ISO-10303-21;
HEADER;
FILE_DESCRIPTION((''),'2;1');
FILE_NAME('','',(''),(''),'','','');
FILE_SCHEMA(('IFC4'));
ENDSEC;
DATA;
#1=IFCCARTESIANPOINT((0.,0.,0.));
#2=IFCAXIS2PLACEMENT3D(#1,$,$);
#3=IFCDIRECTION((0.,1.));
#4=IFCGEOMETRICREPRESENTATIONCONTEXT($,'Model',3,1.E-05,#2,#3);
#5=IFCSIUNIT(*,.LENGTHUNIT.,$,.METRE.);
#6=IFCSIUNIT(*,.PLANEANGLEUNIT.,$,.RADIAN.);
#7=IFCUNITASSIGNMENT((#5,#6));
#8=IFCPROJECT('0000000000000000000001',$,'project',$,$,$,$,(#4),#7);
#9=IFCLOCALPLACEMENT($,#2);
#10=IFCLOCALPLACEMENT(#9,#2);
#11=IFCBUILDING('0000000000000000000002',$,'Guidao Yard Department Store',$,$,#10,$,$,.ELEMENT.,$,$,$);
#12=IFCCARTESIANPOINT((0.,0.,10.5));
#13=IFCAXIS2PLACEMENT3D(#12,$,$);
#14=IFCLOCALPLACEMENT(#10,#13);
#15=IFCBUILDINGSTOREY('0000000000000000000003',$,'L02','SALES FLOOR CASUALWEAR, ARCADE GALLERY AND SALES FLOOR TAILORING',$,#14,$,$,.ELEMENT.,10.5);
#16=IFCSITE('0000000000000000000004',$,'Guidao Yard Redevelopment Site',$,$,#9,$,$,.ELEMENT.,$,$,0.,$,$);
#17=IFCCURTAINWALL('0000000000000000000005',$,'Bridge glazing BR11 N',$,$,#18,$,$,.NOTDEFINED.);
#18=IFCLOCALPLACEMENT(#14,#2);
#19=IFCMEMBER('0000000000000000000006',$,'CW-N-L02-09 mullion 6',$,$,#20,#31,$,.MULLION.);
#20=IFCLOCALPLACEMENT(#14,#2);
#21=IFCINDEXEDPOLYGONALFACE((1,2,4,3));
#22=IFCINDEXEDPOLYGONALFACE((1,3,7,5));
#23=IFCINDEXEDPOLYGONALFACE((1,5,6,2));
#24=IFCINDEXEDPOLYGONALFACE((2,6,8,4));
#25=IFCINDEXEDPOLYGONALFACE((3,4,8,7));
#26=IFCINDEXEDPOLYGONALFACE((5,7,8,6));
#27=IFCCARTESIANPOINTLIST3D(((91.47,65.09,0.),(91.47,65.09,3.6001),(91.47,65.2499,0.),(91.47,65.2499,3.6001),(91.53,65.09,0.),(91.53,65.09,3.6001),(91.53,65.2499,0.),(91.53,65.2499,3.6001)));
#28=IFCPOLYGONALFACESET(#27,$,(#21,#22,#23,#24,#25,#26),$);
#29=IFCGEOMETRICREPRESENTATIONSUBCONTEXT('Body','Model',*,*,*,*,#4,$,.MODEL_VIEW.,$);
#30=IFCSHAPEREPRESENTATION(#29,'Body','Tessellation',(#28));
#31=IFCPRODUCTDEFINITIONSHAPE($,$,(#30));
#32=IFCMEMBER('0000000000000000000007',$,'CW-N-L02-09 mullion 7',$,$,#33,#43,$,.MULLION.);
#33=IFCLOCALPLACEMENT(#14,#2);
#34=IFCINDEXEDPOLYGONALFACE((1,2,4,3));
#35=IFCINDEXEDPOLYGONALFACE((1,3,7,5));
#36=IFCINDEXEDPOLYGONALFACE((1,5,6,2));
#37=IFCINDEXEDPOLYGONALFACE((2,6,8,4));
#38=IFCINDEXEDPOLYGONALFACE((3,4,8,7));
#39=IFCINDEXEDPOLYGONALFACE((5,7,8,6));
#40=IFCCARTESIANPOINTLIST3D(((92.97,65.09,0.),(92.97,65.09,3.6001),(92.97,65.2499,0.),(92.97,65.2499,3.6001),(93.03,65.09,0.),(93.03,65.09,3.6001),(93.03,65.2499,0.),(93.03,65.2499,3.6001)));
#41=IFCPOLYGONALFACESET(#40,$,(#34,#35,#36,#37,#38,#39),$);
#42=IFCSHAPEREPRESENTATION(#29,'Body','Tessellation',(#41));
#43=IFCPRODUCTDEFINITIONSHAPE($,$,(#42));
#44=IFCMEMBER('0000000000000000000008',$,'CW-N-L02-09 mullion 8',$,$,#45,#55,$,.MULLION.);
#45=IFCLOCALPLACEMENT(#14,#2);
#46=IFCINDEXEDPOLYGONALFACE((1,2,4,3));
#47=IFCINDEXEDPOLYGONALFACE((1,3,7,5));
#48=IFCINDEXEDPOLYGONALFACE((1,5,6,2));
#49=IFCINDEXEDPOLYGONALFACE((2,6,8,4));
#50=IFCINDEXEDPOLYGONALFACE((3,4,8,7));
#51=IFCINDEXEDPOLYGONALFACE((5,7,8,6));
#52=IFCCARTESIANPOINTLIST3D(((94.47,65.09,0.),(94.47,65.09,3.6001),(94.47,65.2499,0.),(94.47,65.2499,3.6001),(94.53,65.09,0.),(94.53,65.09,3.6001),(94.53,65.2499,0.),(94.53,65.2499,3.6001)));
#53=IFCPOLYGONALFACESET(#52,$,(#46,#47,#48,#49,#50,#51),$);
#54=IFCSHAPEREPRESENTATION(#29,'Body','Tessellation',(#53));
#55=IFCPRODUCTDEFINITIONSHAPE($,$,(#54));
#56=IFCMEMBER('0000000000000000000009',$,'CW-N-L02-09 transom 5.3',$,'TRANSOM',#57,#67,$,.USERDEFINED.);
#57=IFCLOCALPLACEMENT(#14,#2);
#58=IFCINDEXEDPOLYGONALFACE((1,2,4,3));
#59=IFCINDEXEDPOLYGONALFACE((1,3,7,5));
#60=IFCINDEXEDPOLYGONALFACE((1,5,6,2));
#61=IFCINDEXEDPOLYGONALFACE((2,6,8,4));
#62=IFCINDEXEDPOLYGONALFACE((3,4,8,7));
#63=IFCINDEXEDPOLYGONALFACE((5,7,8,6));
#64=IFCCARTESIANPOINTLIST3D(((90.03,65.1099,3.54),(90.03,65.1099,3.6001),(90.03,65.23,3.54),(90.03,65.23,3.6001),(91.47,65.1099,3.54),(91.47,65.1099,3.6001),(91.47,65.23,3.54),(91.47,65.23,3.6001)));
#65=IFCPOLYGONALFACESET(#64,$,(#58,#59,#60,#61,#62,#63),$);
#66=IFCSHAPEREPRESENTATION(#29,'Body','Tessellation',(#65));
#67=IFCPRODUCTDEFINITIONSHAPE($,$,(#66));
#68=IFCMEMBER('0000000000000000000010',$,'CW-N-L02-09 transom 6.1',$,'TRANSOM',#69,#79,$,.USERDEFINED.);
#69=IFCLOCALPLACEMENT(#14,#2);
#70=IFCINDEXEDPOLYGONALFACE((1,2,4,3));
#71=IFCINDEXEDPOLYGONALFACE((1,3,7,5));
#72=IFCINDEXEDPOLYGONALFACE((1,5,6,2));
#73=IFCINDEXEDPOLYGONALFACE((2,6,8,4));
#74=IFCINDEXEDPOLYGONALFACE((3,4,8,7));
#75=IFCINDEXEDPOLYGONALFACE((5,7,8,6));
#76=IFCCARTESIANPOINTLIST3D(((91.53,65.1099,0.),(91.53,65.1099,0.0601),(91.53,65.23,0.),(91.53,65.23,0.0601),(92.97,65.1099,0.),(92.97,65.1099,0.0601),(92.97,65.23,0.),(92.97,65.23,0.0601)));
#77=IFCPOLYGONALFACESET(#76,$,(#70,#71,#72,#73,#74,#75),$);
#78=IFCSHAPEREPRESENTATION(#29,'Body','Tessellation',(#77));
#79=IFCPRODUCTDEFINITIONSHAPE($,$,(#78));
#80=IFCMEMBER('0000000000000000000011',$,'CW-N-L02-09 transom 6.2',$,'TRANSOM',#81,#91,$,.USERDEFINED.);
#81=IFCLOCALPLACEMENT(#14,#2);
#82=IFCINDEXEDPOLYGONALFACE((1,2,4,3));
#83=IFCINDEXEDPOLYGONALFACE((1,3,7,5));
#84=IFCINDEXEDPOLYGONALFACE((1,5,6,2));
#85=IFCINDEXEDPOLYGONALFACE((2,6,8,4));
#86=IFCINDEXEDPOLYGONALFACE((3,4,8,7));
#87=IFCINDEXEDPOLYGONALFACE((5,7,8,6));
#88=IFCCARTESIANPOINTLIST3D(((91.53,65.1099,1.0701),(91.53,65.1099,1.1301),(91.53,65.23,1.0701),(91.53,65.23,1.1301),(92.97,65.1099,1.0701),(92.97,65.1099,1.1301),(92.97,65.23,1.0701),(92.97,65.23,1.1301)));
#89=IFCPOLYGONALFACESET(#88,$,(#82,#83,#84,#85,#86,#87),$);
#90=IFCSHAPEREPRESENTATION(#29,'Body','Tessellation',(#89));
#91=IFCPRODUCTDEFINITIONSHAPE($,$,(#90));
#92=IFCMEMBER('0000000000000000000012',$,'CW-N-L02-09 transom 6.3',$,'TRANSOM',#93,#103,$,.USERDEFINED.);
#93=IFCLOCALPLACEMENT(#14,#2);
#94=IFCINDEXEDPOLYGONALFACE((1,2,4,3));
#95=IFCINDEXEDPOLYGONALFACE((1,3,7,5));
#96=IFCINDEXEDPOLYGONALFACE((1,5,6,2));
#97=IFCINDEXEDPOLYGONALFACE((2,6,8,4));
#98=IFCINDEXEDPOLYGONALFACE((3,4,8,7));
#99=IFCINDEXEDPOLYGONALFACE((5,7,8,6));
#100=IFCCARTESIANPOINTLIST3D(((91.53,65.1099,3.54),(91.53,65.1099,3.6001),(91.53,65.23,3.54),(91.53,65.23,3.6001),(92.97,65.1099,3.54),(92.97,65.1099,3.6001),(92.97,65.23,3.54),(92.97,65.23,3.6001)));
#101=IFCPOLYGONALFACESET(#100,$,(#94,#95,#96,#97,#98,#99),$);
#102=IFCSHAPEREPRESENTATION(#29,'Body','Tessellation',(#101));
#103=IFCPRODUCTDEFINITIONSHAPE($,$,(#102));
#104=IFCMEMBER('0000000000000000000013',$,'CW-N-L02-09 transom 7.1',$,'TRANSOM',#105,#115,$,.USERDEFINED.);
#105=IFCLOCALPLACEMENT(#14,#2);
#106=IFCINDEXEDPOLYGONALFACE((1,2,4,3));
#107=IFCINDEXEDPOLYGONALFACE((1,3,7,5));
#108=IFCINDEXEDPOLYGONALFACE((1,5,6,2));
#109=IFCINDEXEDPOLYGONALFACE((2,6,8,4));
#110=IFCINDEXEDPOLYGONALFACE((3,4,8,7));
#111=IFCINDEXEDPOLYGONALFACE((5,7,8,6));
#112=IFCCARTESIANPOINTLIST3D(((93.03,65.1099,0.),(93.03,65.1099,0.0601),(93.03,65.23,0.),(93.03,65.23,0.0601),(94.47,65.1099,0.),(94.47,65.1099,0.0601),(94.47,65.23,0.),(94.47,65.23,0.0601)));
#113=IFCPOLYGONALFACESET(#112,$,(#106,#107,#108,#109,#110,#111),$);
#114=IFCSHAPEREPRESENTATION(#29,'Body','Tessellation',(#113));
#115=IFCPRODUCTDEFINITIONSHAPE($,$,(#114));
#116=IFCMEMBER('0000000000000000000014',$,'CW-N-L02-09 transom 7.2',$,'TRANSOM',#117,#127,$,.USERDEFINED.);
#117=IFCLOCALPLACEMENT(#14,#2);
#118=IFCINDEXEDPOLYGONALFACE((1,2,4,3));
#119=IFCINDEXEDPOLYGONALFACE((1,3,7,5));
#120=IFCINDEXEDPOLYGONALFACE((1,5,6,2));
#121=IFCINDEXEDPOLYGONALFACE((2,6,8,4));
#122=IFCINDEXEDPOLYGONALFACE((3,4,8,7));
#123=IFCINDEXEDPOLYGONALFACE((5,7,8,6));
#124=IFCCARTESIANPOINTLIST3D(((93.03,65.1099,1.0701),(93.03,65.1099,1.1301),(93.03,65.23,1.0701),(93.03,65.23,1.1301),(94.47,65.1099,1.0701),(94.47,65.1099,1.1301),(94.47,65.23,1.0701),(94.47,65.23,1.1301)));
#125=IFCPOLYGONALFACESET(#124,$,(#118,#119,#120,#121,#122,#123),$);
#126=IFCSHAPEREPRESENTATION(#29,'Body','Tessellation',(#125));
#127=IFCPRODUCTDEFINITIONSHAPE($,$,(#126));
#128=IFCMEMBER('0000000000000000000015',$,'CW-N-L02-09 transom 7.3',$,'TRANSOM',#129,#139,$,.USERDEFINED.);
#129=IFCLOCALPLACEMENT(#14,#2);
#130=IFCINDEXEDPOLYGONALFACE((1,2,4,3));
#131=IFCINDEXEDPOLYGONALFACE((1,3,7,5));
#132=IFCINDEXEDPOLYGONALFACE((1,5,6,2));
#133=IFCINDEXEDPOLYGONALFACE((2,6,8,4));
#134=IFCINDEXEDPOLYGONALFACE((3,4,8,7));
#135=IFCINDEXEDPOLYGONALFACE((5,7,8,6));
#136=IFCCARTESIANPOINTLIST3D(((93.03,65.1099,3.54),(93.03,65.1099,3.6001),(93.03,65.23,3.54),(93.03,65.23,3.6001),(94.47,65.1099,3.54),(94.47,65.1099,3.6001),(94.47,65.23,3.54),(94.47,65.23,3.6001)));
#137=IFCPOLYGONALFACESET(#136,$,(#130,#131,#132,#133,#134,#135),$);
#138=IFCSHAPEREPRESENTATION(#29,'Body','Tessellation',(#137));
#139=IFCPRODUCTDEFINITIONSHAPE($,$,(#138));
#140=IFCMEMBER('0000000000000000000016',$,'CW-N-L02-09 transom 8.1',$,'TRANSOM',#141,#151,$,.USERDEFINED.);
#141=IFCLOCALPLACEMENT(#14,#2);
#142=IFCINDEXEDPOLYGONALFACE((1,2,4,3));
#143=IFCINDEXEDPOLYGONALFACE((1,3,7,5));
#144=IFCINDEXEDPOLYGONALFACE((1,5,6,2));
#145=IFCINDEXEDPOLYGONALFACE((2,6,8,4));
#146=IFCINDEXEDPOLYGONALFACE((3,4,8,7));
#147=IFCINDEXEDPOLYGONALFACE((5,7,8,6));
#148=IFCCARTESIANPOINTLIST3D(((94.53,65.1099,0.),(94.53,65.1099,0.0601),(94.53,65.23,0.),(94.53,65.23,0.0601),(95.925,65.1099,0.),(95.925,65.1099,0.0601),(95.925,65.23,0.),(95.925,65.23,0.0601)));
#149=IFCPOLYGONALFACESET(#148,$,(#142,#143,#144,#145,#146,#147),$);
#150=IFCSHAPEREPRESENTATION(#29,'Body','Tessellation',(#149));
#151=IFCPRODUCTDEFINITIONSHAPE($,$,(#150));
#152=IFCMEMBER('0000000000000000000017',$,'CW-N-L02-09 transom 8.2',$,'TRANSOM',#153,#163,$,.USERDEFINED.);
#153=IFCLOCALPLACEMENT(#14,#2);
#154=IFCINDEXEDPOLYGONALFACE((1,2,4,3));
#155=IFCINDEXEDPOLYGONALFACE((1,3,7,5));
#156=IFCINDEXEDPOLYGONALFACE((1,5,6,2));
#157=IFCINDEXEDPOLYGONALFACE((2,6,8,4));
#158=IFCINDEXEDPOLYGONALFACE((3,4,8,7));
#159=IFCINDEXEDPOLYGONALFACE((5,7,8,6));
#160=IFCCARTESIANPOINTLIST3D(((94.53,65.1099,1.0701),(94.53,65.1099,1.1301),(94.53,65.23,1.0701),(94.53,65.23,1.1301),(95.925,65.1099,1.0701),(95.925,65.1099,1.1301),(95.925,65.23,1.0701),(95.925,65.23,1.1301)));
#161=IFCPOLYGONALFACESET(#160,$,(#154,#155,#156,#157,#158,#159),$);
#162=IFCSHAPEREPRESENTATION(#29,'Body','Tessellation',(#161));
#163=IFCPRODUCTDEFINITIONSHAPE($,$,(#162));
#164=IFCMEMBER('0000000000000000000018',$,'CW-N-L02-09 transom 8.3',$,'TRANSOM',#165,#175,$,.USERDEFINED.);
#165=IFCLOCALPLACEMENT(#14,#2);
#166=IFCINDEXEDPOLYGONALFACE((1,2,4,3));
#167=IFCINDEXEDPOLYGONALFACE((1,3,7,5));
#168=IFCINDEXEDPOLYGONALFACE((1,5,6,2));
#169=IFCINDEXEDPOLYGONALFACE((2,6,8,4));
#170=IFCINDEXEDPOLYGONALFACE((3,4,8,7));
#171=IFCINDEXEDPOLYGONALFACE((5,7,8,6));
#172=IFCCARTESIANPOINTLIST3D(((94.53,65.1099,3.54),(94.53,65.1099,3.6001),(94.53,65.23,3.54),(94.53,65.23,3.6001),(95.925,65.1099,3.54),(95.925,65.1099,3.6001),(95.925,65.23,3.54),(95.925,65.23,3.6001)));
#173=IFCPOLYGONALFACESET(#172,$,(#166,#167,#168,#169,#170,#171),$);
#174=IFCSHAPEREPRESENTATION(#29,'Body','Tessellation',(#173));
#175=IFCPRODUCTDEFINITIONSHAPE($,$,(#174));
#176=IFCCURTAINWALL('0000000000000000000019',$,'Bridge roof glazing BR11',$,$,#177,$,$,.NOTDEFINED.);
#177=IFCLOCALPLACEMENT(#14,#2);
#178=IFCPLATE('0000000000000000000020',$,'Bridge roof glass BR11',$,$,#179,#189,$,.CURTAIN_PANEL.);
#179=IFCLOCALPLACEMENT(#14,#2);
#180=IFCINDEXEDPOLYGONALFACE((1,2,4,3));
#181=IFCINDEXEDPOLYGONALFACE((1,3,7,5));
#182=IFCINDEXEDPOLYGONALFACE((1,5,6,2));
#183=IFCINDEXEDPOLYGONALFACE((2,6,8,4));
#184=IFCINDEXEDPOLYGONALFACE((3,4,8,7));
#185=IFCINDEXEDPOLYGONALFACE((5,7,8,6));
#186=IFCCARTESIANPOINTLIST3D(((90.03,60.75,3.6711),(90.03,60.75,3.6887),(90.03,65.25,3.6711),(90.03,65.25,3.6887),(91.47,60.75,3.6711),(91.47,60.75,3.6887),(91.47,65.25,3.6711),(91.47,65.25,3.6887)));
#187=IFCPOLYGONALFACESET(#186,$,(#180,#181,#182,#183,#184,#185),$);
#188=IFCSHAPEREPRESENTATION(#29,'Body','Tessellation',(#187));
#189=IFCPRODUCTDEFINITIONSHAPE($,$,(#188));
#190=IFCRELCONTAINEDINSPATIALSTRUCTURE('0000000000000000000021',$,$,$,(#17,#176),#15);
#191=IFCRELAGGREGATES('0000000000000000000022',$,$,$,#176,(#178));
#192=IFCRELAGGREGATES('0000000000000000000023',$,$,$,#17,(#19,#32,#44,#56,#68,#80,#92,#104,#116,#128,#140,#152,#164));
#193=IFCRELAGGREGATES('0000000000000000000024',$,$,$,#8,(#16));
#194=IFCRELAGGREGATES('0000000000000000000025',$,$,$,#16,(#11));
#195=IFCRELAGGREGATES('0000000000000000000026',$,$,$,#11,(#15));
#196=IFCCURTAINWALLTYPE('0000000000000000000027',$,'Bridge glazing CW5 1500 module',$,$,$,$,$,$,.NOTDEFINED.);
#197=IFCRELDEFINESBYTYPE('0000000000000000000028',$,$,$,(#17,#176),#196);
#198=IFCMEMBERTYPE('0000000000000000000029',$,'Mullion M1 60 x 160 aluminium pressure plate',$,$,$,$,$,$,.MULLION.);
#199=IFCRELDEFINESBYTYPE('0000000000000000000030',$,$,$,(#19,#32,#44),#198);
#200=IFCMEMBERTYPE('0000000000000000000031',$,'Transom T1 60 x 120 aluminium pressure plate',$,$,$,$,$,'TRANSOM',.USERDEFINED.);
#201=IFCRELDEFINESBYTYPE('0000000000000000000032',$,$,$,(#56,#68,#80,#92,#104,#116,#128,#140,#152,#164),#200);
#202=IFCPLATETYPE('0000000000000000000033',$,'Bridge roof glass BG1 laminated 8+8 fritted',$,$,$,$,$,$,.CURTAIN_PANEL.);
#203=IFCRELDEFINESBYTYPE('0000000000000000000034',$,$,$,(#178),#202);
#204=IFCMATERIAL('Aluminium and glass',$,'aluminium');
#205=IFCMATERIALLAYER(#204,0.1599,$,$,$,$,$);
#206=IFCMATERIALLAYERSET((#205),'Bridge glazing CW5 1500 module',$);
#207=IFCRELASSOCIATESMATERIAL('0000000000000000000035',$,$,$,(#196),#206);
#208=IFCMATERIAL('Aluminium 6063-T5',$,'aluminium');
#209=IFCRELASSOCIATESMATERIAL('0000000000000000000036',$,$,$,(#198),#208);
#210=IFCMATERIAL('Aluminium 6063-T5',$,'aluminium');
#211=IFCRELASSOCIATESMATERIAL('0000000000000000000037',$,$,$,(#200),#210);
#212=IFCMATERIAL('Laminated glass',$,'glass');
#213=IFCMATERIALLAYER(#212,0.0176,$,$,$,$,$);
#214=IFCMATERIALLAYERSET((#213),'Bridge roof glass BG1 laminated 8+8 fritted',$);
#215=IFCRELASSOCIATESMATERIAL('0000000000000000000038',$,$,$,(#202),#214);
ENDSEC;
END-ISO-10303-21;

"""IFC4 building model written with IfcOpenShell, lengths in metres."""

from ifc_helpers import new_model, si_unit, direction, frame, origin, origin_2d, place, context, subcontext, project, spatial, rectangle, extrude, material, layer, layer_set, material_profile, profile_set, type_object, element, aggregate, save


model = new_model("IFC4")

# Units and contexts
model_context = context("Model", 3, precision=1e-05, world=origin(), true_north=direction((0.0, 1.0)))
body_context = subcontext(model_context, "Body", "Model", "MODEL_VIEW")
ifc_project = project(units=[si_unit("LENGTHUNIT", "METRE"), si_unit("PLANEANGLEUNIT", "RADIAN")], contexts=[model_context])

# Site, building, storey
site_placement = place(None, origin())
site = spatial("IfcSite", under=ifc_project, at=site_placement, Name="Guidao Yard Redevelopment Site", CompositionType="ELEMENT", RefElevation=0.0)
building_placement = place(site_placement, origin())
building = spatial("IfcBuilding", under=site, at=building_placement, Name="Guidao Yard Department Store", CompositionType="ELEMENT")
storey_placement = place(building_placement, frame((0.0, 0.0, 10.5)))
storey = spatial("IfcBuildingStorey", under=building, at=storey_placement, Name="L02", Description="SALES FLOOR CASUALWEAR, ARCADE GALLERY AND SALES FLOOR TAILORING", CompositionType="ELEMENT", Elevation=10.5)

# Curtain wall, members
ifc_material_1 = material(Name="Aluminium and glass", Category="aluminium")
ifc_layer_1 = layer(ifc_material_1, 0.1599)
ifc_layer_set_1 = layer_set([ifc_layer_1], Name="Bridge glazing CW5 1500 module")
curtain_wall_type = type_object("IfcCurtainWallType", Name="Bridge glazing CW5 1500 module", PredefinedType="NOTDEFINED", material=ifc_layer_set_1)
curtain_wall_1_placement = place(storey_placement, origin())
curtain_wall_1 = element("IfcCurtainWall", 1, at=curtain_wall_1_placement, inside=storey, type_object=curtain_wall_type, Name="Bridge glazing BR11 N", PredefinedType="NOTDEFINED")
ifc_material_2 = material(Name="Aluminium 6063-T5", Category="aluminium")
ifc_material_profile_1 = material_profile(ifc_material_2, rectangle(XDim=0.0601, YDim=0.1599, at=origin_2d()), Name="Mullion M1 60 x 160 aluminium pressure plate")
ifc_profile_set_1 = profile_set([ifc_material_profile_1], Name="Aluminium 6063-T5")
member_type_1 = type_object("IfcMemberType", Name="Mullion M1 60 x 160 aluminium pressure plate", PredefinedType="MULLION", material=ifc_profile_set_1)
member_1_placement = place(storey_placement, frame((91.5, 65.1699, 0.0), z_axis=(0.0, 0.0, 1.0), x_axis=(1.0, 0.0, 0.0)))
member_1 = element("IfcMember", 2, at=member_1_placement, type_object=member_type_1, Name="CW-N-L02-09 mullion 6", PredefinedType="MULLION", context=body_context, shape_type="SweptSolid", body=[
    extrude(rectangle(XDim=0.0601, YDim=0.1599, at=origin_2d()), origin(), (0.0, 0.0, 1.0), 3.6001),
])
member_2_placement = place(storey_placement, frame((93.0, 65.1699, 0.0), z_axis=(0.0, 0.0, 1.0), x_axis=(1.0, 0.0, 0.0)))
member_2 = element("IfcMember", 3, at=member_2_placement, type_object=member_type_1, Name="CW-N-L02-09 mullion 7", PredefinedType="MULLION", context=body_context, shape_type="SweptSolid", body=[
    extrude(rectangle(XDim=0.0601, YDim=0.1599, at=origin_2d()), origin(), (0.0, 0.0, 1.0), 3.6001),
])
member_3_placement = place(storey_placement, frame((94.5, 65.1699, 0.0), z_axis=(0.0, 0.0, 1.0), x_axis=(1.0, 0.0, 0.0)))
member_3 = element("IfcMember", 4, at=member_3_placement, type_object=member_type_1, Name="CW-N-L02-09 mullion 8", PredefinedType="MULLION", context=body_context, shape_type="SweptSolid", body=[
    extrude(rectangle(XDim=0.0601, YDim=0.1599, at=origin_2d()), origin(), (0.0, 0.0, 1.0), 3.6001),
])
ifc_material_3 = material(Name="Aluminium 6063-T5", Category="aluminium")
ifc_material_profile_2 = material_profile(ifc_material_3, rectangle(XDim=0.1201, YDim=0.0601, at=origin_2d()), Name="Transom T1 60 x 120 aluminium pressure plate")
ifc_profile_set_2 = profile_set([ifc_material_profile_2], Name="Aluminium 6063-T5")
member_type_2 = type_object("IfcMemberType", Name="Transom T1 60 x 120 aluminium pressure plate", ElementType="TRANSOM", PredefinedType="USERDEFINED", material=ifc_profile_set_2)
member_4_placement = place(storey_placement, frame((90.03, 65.1699, 3.5701), z_axis=(1.0, 0.0, 0.0), x_axis=(0.0, 1.0, 0.0)))
member_4 = element("IfcMember", 5, at=member_4_placement, type_object=member_type_2, Name="CW-N-L02-09 transom 5.3", ObjectType="TRANSOM", PredefinedType="USERDEFINED", context=body_context, shape_type="SweptSolid", body=[
    extrude(rectangle(XDim=0.1201, YDim=0.0601, at=origin_2d()), origin(), (0.0, 0.0, 1.0), 1.4399),
])
member_5_placement = place(storey_placement, frame((91.53, 65.1699, 0.03), z_axis=(1.0, 0.0, 0.0), x_axis=(0.0, 1.0, 0.0)))
member_5 = element("IfcMember", 6, at=member_5_placement, type_object=member_type_2, Name="CW-N-L02-09 transom 6.1", ObjectType="TRANSOM", PredefinedType="USERDEFINED", context=body_context, shape_type="SweptSolid", body=[
    extrude(rectangle(XDim=0.1201, YDim=0.0601, at=origin_2d()), origin(), (0.0, 0.0, 1.0), 1.4399),
])
member_6_placement = place(storey_placement, frame((91.53, 65.1699, 1.1001), z_axis=(1.0, 0.0, 0.0), x_axis=(0.0, 1.0, 0.0)))
member_6 = element("IfcMember", 7, at=member_6_placement, type_object=member_type_2, Name="CW-N-L02-09 transom 6.2", ObjectType="TRANSOM", PredefinedType="USERDEFINED", context=body_context, shape_type="SweptSolid", body=[
    extrude(rectangle(XDim=0.1201, YDim=0.0601, at=origin_2d()), origin(), (0.0, 0.0, 1.0), 1.4399),
])
member_7_placement = place(storey_placement, frame((91.53, 65.1699, 3.5701), z_axis=(1.0, 0.0, 0.0), x_axis=(0.0, 1.0, 0.0)))
member_7 = element("IfcMember", 8, at=member_7_placement, type_object=member_type_2, Name="CW-N-L02-09 transom 6.3", ObjectType="TRANSOM", PredefinedType="USERDEFINED", context=body_context, shape_type="SweptSolid", body=[
    extrude(rectangle(XDim=0.1201, YDim=0.0601, at=origin_2d()), origin(), (0.0, 0.0, 1.0), 1.4399),
])
member_8_placement = place(storey_placement, frame((93.03, 65.1699, 0.03), z_axis=(1.0, 0.0, 0.0), x_axis=(0.0, 1.0, 0.0)))
member_8 = element("IfcMember", 9, at=member_8_placement, type_object=member_type_2, Name="CW-N-L02-09 transom 7.1", ObjectType="TRANSOM", PredefinedType="USERDEFINED", context=body_context, shape_type="SweptSolid", body=[
    extrude(rectangle(XDim=0.1201, YDim=0.0601, at=origin_2d()), origin(), (0.0, 0.0, 1.0), 1.4399),
])
member_9_placement = place(storey_placement, frame((93.03, 65.1699, 1.1001), z_axis=(1.0, 0.0, 0.0), x_axis=(0.0, 1.0, 0.0)))
member_9 = element("IfcMember", 10, at=member_9_placement, type_object=member_type_2, Name="CW-N-L02-09 transom 7.2", ObjectType="TRANSOM", PredefinedType="USERDEFINED", context=body_context, shape_type="SweptSolid", body=[
    extrude(rectangle(XDim=0.1201, YDim=0.0601, at=origin_2d()), origin(), (0.0, 0.0, 1.0), 1.4399),
])
member_10_placement = place(storey_placement, frame((93.03, 65.1699, 3.5701), z_axis=(1.0, 0.0, 0.0), x_axis=(0.0, 1.0, 0.0)))
member_10 = element("IfcMember", 11, at=member_10_placement, type_object=member_type_2, Name="CW-N-L02-09 transom 7.3", ObjectType="TRANSOM", PredefinedType="USERDEFINED", context=body_context, shape_type="SweptSolid", body=[
    extrude(rectangle(XDim=0.1201, YDim=0.0601, at=origin_2d()), origin(), (0.0, 0.0, 1.0), 1.4399),
])
member_11_placement = place(storey_placement, frame((94.53, 65.1699, 0.03), z_axis=(1.0, 0.0, 0.0), x_axis=(0.0, 1.0, 0.0)))
member_11 = element("IfcMember", 12, at=member_11_placement, type_object=member_type_2, Name="CW-N-L02-09 transom 8.1", ObjectType="TRANSOM", PredefinedType="USERDEFINED", context=body_context, shape_type="SweptSolid", body=[
    extrude(rectangle(XDim=0.1201, YDim=0.0601, at=origin_2d()), origin(), (0.0, 0.0, 1.0), 1.395),
])
member_12_placement = place(storey_placement, frame((94.53, 65.1699, 1.1001), z_axis=(1.0, 0.0, 0.0), x_axis=(0.0, 1.0, 0.0)))
member_12 = element("IfcMember", 13, at=member_12_placement, type_object=member_type_2, Name="CW-N-L02-09 transom 8.2", ObjectType="TRANSOM", PredefinedType="USERDEFINED", context=body_context, shape_type="SweptSolid", body=[
    extrude(rectangle(XDim=0.1201, YDim=0.0601, at=origin_2d()), origin(), (0.0, 0.0, 1.0), 1.395),
])
member_13_placement = place(storey_placement, frame((94.53, 65.1699, 3.5701), z_axis=(1.0, 0.0, 0.0), x_axis=(0.0, 1.0, 0.0)))
member_13 = element("IfcMember", 14, at=member_13_placement, type_object=member_type_2, Name="CW-N-L02-09 transom 8.3", ObjectType="TRANSOM", PredefinedType="USERDEFINED", context=body_context, shape_type="SweptSolid", body=[
    extrude(rectangle(XDim=0.1201, YDim=0.0601, at=origin_2d()), origin(), (0.0, 0.0, 1.0), 1.395),
])

# Curtain wall, plate
curtain_wall_2_placement = place(storey_placement, origin())
curtain_wall_2 = element("IfcCurtainWall", 15, at=curtain_wall_2_placement, inside=storey, type_object=curtain_wall_type, Name="Bridge roof glazing BR11", PredefinedType="NOTDEFINED")
ifc_material_4 = material(Name="Laminated glass", Category="glass")
ifc_layer_2 = layer(ifc_material_4, 0.0176)
ifc_layer_set_2 = layer_set([ifc_layer_2], Name="Bridge roof glass BG1 laminated 8+8 fritted")
plate_type_1 = type_object("IfcPlateType", Name="Bridge roof glass BG1 laminated 8+8 fritted", PredefinedType="CURTAIN_PANEL", material=ifc_layer_set_2)
plate_1_placement = place(storey_placement, frame((90.75, 63.0, 3.6711), z_axis=(0.0, 0.0, 1.0), x_axis=(1.0, 0.0, 0.0)))
plate_1 = element("IfcPlate", 16, at=plate_1_placement, type_object=plate_type_1, Name="Bridge roof glass BR11", PredefinedType="CURTAIN_PANEL", context=body_context, shape_type="SweptSolid", body=[
    extrude(rectangle(XDim=1.4399, YDim=4.5, at=origin_2d()), origin(), (0.0, 0.0, 1.0), 0.0176),
])
aggregate(curtain_wall_2, [plate_1])

aggregate(curtain_wall_1, [member_1, member_2, member_3, member_4, member_5, member_6, member_7, member_8, member_9, member_10, member_11, member_12, member_13])

save(model, "model.ifc")
